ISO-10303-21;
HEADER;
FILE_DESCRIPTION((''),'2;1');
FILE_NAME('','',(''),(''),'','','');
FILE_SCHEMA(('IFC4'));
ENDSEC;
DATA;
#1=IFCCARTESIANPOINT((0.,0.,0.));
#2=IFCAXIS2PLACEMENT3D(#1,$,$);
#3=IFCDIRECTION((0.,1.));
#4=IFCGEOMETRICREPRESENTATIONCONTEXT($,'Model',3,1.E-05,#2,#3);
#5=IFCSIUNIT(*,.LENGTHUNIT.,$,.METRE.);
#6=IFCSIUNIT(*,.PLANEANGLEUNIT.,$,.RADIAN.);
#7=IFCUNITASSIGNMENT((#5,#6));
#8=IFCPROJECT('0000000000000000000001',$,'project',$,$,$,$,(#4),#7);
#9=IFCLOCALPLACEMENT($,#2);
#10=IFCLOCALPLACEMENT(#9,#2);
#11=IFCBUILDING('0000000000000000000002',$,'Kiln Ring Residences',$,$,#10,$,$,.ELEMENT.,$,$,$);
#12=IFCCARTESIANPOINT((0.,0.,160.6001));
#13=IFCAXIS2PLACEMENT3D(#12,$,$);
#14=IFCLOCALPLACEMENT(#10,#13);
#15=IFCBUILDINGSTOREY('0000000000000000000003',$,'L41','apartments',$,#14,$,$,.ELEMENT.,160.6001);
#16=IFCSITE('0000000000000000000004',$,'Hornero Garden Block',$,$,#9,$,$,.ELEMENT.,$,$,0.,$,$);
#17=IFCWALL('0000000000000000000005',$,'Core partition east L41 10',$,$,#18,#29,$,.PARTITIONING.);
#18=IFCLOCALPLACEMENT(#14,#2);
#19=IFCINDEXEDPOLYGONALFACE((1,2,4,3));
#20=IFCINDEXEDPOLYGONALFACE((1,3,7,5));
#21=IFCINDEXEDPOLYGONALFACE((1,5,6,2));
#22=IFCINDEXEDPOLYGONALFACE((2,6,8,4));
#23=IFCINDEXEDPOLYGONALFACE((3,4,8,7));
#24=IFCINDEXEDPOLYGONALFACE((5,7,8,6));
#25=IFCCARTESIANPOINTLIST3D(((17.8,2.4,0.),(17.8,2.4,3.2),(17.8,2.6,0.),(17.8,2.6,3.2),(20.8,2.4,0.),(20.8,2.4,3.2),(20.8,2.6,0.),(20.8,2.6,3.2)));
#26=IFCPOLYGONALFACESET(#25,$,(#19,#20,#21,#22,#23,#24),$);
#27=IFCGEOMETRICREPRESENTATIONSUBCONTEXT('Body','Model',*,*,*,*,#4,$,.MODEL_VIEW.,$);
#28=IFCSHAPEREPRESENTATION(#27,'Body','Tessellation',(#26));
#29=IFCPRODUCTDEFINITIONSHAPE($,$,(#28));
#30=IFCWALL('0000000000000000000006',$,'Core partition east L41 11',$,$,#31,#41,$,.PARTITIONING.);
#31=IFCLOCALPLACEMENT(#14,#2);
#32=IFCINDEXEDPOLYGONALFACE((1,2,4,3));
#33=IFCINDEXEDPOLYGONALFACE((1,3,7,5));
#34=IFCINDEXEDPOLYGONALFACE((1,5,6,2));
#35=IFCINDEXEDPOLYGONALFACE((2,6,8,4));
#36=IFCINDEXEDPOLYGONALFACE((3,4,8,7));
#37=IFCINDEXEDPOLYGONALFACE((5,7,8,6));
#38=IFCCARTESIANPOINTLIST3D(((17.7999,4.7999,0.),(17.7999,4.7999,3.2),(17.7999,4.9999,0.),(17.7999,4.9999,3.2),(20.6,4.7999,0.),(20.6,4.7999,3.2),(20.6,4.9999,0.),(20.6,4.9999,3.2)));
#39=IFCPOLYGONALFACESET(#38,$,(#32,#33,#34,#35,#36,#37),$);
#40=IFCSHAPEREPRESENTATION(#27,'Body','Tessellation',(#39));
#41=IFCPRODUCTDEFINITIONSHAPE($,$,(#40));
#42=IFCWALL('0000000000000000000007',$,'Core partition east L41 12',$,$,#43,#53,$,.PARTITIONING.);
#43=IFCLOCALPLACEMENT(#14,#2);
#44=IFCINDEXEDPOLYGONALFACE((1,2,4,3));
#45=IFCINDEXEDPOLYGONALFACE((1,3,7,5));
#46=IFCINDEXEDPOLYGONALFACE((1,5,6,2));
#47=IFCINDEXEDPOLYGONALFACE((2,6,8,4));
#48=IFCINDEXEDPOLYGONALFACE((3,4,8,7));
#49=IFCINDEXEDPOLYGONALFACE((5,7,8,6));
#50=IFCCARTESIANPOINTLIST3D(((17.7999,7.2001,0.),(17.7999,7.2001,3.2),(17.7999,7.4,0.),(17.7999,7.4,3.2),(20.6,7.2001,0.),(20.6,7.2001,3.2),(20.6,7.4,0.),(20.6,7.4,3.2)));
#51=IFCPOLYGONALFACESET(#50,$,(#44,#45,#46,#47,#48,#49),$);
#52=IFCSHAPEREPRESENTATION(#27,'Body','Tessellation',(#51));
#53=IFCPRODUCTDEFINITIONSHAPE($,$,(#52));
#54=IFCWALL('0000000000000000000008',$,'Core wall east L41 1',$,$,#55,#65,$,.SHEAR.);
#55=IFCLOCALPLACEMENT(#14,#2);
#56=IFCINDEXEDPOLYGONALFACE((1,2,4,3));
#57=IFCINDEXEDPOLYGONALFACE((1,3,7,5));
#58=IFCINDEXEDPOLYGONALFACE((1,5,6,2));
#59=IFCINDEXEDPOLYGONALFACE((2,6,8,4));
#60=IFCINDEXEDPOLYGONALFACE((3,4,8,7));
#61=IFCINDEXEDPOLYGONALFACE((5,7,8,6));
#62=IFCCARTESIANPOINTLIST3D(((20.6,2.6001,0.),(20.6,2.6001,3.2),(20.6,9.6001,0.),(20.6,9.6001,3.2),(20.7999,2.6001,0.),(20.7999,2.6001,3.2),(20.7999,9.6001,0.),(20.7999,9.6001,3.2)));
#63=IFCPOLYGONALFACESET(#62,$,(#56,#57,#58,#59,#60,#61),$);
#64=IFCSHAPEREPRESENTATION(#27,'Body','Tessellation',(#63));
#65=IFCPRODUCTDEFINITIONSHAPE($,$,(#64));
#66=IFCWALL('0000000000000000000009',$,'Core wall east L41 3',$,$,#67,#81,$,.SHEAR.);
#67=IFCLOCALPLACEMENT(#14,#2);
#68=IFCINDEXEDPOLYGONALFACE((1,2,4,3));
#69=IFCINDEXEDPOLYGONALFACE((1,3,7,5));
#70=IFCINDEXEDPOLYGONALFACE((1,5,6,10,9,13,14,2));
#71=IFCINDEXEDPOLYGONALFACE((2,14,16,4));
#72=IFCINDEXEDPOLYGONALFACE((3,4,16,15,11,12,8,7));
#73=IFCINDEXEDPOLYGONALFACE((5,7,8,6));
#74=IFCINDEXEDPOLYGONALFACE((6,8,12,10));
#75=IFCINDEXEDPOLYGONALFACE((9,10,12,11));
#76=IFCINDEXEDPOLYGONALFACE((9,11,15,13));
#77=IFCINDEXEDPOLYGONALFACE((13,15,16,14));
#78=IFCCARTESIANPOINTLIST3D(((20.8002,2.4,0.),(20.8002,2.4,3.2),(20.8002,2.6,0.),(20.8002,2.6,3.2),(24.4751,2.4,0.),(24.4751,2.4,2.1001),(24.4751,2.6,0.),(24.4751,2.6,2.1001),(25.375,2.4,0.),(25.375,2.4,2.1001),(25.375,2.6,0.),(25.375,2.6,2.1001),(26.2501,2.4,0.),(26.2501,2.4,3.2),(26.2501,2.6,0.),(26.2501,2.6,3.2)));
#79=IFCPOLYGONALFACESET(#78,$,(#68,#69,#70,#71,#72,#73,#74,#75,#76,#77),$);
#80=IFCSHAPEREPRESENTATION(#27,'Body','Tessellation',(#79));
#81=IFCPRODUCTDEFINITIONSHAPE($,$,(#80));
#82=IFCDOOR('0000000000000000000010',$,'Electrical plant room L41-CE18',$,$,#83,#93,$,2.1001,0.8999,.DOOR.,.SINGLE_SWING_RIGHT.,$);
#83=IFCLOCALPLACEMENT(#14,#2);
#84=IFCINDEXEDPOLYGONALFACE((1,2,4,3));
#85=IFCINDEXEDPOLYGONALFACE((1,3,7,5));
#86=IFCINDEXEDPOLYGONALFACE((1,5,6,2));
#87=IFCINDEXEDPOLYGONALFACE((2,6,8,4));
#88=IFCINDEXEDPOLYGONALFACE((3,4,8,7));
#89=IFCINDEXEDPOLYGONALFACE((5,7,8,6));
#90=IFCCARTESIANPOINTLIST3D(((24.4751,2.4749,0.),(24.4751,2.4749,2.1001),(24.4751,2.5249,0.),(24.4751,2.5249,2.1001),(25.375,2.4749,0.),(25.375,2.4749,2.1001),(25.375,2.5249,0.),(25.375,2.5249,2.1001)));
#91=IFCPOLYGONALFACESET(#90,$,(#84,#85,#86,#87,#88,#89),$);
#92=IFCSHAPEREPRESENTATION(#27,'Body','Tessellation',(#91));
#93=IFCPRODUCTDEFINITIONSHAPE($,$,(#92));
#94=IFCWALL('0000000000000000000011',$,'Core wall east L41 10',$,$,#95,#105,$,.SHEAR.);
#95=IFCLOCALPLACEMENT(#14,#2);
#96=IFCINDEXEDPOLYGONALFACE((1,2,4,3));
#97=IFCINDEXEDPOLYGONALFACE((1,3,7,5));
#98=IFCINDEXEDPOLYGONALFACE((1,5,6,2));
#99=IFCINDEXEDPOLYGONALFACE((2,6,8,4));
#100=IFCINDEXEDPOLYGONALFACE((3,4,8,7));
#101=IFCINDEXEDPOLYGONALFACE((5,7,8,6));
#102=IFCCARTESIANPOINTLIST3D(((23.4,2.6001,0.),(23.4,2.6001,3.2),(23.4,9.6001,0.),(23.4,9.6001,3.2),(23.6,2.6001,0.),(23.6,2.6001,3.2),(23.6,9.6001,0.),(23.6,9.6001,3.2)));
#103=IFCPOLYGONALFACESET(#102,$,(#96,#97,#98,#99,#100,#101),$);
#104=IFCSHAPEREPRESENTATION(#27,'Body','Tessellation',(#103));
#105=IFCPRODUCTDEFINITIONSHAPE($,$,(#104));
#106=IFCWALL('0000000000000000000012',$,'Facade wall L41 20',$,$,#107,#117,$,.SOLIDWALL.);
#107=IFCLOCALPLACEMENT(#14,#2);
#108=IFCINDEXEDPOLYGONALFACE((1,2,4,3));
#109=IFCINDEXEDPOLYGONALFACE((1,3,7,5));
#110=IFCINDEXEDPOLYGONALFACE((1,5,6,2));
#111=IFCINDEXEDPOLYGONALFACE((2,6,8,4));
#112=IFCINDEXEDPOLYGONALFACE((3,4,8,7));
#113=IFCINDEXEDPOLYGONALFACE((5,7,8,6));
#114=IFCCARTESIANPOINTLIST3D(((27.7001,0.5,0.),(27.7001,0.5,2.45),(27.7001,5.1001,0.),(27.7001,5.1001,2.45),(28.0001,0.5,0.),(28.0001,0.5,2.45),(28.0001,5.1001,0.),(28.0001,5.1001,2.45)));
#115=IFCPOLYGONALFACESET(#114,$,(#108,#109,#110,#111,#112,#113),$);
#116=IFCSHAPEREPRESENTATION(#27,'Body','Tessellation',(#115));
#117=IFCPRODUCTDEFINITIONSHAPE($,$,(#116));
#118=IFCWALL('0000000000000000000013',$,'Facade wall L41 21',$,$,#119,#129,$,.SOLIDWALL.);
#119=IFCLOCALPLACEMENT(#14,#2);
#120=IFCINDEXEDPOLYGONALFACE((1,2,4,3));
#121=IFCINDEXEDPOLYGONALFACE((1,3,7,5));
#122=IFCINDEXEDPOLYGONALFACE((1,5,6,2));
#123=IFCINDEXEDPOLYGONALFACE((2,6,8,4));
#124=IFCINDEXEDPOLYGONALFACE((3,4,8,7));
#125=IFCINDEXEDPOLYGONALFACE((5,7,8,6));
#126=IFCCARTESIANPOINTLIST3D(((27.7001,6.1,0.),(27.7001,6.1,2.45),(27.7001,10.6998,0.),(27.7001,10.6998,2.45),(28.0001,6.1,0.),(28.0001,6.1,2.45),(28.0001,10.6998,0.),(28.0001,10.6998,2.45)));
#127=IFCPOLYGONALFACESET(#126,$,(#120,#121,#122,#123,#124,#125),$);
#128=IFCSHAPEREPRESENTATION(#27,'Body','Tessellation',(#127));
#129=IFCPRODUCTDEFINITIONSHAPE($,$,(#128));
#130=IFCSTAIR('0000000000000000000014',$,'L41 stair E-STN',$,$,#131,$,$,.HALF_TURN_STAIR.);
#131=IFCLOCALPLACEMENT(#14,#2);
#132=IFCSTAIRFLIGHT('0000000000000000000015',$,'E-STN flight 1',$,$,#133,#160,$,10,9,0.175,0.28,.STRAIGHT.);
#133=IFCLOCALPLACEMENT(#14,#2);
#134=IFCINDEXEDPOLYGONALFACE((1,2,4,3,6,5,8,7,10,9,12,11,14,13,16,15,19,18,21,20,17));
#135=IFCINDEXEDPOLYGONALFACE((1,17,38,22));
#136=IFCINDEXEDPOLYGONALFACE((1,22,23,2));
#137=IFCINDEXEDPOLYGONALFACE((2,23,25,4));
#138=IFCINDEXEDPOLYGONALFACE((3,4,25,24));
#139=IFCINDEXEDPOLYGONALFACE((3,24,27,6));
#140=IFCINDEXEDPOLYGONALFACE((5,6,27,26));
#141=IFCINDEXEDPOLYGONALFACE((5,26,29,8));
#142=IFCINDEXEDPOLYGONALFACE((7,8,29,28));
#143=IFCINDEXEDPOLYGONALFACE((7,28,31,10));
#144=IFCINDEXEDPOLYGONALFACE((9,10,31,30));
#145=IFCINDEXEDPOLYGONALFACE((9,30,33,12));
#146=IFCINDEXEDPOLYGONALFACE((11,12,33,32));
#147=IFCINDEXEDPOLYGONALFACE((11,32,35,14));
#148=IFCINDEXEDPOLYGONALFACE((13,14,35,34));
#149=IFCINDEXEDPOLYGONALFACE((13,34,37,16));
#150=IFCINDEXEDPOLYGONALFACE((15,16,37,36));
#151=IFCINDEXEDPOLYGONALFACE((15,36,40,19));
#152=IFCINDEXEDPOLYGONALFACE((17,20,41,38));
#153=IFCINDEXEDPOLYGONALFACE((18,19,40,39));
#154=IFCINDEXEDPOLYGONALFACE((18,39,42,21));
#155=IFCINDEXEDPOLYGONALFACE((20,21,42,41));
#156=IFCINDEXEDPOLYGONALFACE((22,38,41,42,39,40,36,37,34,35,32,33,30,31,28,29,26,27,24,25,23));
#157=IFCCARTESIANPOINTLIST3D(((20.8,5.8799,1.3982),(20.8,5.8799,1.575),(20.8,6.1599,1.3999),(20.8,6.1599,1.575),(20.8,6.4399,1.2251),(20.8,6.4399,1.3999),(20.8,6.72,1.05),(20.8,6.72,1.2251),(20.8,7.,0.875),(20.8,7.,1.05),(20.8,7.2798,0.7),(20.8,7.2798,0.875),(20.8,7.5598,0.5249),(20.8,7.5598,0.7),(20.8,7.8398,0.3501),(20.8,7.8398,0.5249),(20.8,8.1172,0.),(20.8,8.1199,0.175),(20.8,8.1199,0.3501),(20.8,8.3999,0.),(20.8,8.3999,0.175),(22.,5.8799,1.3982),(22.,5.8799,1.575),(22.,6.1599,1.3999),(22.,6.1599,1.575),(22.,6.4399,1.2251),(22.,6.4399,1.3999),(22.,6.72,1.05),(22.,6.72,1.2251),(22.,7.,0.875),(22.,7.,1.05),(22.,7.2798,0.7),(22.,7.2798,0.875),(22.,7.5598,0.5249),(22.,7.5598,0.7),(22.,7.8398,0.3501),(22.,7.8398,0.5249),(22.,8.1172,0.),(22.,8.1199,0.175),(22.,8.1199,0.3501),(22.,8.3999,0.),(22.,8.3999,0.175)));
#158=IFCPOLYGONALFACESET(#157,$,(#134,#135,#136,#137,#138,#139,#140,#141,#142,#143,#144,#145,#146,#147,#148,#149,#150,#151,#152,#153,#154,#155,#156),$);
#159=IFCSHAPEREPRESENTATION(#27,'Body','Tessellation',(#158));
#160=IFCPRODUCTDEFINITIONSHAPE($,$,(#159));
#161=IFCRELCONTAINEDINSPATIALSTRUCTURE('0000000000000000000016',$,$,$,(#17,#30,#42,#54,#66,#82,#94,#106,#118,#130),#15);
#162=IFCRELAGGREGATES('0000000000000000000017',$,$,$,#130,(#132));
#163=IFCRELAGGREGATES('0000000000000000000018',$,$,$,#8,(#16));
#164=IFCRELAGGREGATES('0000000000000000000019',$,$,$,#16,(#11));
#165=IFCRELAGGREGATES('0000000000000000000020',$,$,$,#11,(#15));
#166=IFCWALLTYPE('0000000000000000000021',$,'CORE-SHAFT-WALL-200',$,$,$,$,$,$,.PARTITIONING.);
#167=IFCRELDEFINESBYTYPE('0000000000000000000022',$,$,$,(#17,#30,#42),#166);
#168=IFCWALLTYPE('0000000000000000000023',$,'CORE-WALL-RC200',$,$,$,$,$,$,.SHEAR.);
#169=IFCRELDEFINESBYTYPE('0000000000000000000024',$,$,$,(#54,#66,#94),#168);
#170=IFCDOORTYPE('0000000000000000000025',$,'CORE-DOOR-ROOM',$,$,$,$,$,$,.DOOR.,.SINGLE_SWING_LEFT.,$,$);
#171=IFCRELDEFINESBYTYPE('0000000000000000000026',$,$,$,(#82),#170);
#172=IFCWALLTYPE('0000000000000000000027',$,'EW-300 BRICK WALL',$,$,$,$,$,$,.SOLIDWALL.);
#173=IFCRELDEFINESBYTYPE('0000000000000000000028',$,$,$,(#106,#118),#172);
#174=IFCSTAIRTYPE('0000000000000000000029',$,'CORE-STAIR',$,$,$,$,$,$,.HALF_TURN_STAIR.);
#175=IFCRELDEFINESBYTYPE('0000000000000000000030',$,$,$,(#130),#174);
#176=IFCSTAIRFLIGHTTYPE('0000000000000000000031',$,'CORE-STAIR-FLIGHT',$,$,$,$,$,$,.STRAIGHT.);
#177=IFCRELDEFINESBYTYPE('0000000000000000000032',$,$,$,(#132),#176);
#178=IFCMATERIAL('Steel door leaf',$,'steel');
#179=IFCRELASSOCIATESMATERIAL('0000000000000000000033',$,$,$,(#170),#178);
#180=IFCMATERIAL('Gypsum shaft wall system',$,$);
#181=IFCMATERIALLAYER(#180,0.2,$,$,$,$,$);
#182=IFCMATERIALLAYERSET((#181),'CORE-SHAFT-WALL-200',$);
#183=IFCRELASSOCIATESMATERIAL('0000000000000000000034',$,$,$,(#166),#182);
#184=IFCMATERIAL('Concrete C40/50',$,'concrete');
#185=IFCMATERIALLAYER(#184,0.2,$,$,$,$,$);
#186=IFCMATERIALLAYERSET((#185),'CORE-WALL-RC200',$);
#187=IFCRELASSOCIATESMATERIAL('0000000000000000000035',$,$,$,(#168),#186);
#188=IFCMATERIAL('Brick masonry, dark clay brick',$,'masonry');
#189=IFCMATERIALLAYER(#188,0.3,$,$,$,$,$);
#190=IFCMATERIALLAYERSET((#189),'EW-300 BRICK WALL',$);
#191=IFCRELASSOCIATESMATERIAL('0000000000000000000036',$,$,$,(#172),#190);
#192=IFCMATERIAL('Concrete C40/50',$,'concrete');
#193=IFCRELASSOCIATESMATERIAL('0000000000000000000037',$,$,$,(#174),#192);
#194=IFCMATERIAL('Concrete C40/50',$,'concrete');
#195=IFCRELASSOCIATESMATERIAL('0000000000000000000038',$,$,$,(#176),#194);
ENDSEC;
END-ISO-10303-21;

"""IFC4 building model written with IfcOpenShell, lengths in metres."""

from ifc_helpers import new_model, si_unit, direction, frame, frame_2d, origin, place, context, subcontext, project, spatial, polyline, rectangle, outline, extrude, material, layer, layer_set, type_object, element, fill, aggregate, save


model = new_model("IFC4")

# Units and contexts
model_context = context("Model", 3, precision=1e-05, world=origin(), true_north=direction((0.0, 1.0)))
body_context = subcontext(model_context, "Body", "Model", "MODEL_VIEW")
ifc_project = project(units=[si_unit("LENGTHUNIT", "METRE"), si_unit("PLANEANGLEUNIT", "RADIAN")], contexts=[model_context])

# Site, building, storey
site_placement = place(None, origin())
site = spatial("IfcSite", under=ifc_project, at=site_placement, Name="Hornero Garden Block", CompositionType="ELEMENT", RefElevation=0.0)
building_placement = place(site_placement, origin())
building = spatial("IfcBuilding", under=site, at=building_placement, Name="Kiln Ring Residences", CompositionType="ELEMENT")
storey_placement = place(building_placement, frame((0.0, 0.0, 160.6001)))
storey = spatial("IfcBuildingStorey", under=building, at=storey_placement, Name="L41", Description="apartments", CompositionType="ELEMENT", Elevation=160.6001)

# Shared definitions
ifc_material_1 = material(Name="Steel door leaf", Category="steel")
door_type = type_object("IfcDoorType", Name="CORE-DOOR-ROOM", OperationType="SINGLE_SWING_LEFT", PredefinedType="DOOR", material=ifc_material_1)

# Shared definitions
ifc_material_2 = material(Name="Gypsum shaft wall system")
ifc_layer_1 = layer(ifc_material_2, 0.2)
ifc_layer_set_1 = layer_set([ifc_layer_1], Name="CORE-SHAFT-WALL-200")
wall_type_1 = type_object("IfcWallType", Name="CORE-SHAFT-WALL-200", PredefinedType="PARTITIONING", material=ifc_layer_set_1)

# Walls
wall_1_placement = place(storey_placement, frame((17.8, 2.5, 0.0), z_axis=(0.0, 0.0, 1.0), x_axis=(1.0, 0.0, 0.0)))
element("IfcWall", 1, at=wall_1_placement, inside=storey, type_object=wall_type_1, Name="Core partition east L41 10", PredefinedType="PARTITIONING", context=body_context, shape_type="SweptSolid", body=[
    extrude(rectangle(XDim=3.0, YDim=0.2, at=frame_2d((1.5, 0.0))), origin(), (0.0, 0.0, 1.0), 3.2),
])
for number, where, z_axis, x_axis, name in (
    (2, (17.8, 4.8999, 0.0), (0.0, 0.0, 1.0), (1.0, 0.0, 0.0), "Core partition east L41 11"),
    (3, (17.8, 7.3, 0.0), (0.0, 0.0, 1.0), (1.0, 0.0, 0.0), "Core partition east L41 12"),
):
    element("IfcWall", number, at=place(storey_placement, frame(where, z_axis=z_axis, x_axis=x_axis)), inside=storey, type_object=wall_type_1, Name=name, PredefinedType="PARTITIONING", context=body_context, shape_type="SweptSolid", body=[
        extrude(rectangle(XDim=2.8, YDim=0.2, at=frame_2d((1.3999, 0.0))), origin(), (0.0, 0.0, 1.0), 3.2),
    ])
ifc_material_3 = material(Name="Concrete C40/50", Category="concrete")
ifc_layer_2 = layer(ifc_material_3, 0.2)
ifc_layer_set_2 = layer_set([ifc_layer_2], Name="CORE-WALL-RC200")
wall_type_2 = type_object("IfcWallType", Name="CORE-WALL-RC200", PredefinedType="SHEAR", material=ifc_layer_set_2)
wall_2_placement = place(storey_placement, frame((20.7, 2.6001, 0.0), z_axis=(0.0, 0.0, 1.0), x_axis=(0.0, 1.0, 0.0)))
element("IfcWall", 4, at=wall_2_placement, inside=storey, type_object=wall_type_2, Name="Core wall east L41 1", PredefinedType="SHEAR", context=body_context, shape_type="SweptSolid", body=[
    extrude(rectangle(XDim=7.0, YDim=0.2, at=frame_2d((3.5, 0.0))), origin(), (0.0, 0.0, 1.0), 3.2),
])

# Wall, opening, door
wall_3_placement = place(storey_placement, frame((20.8, 2.5, 0.0), z_axis=(0.0, 0.0, 1.0), x_axis=(1.0, 0.0, 0.0)))
wall_3 = element("IfcWall", 5, at=wall_3_placement, inside=storey, type_object=wall_type_2, Name="Core wall east L41 3", PredefinedType="SHEAR", context=body_context, shape_type="SweptSolid", body=[
    extrude(rectangle(XDim=5.45, YDim=0.2, at=frame_2d((2.7251, 0.0))), origin(), (0.0, 0.0, 1.0), 3.2),
])
opening_1_placement = place(wall_3_placement, frame((3.675, 0.0, 0.0)))
opening_1 = element("IfcOpeningElement", 6, at=opening_1_placement, cuts=wall_3, PredefinedType="OPENING", context=body_context, shape_type="SweptSolid", body=[
    extrude(rectangle(XDim=0.8999, YDim=2.1001, at=frame_2d((0.45, 1.05))), frame((0.0, 0.1099, 0.0), z_axis=(0.0, -1.0, 0.0), x_axis=(1.0, 0.0, 0.0)), (0.0, 0.0, 1.0), 0.22),
])
door_1_placement = place(opening_1_placement, origin())
door_1 = element("IfcDoor", 7, at=door_1_placement, inside=storey, type_object=door_type, Name="Electrical plant room L41-CE18", OperationType="SINGLE_SWING_RIGHT", OverallHeight=2.1001, OverallWidth=0.8999, PredefinedType="DOOR", context=body_context, shape_type="SweptSolid", body=[
    extrude(rectangle(XDim=0.8999, YDim=2.1001, at=frame_2d((0.45, 1.05))), frame((0.0, 0.0249, 0.0), z_axis=(0.0, -1.0, 0.0), x_axis=(1.0, 0.0, 0.0)), (0.0, 0.0, 1.0), 0.05),
])
fill(opening_1, door_1)

# Walls
wall_4_placement = place(storey_placement, frame((23.5, 2.6001, 0.0), z_axis=(0.0, 0.0, 1.0), x_axis=(0.0, 1.0, 0.0)))
element("IfcWall", 8, at=wall_4_placement, inside=storey, type_object=wall_type_2, Name="Core wall east L41 10", PredefinedType="SHEAR", context=body_context, shape_type="SweptSolid", body=[
    extrude(rectangle(XDim=7.0, YDim=0.2, at=frame_2d((3.5, 0.0))), origin(), (0.0, 0.0, 1.0), 3.2),
])
ifc_material_4 = material(Name="Brick masonry, dark clay brick", Category="masonry")
ifc_layer_3 = layer(ifc_material_4, 0.3)
ifc_layer_set_3 = layer_set([ifc_layer_3], Name="EW-300 BRICK WALL")
wall_type_3 = type_object("IfcWallType", Name="EW-300 BRICK WALL", PredefinedType="SOLIDWALL", material=ifc_layer_set_3)
wall_5_placement = place(storey_placement, frame((27.8501, 0.5, 0.0), z_axis=(0.0, 0.0, 1.0), x_axis=(0.0, 1.0, 0.0)))
element("IfcWall", 9, at=wall_5_placement, inside=storey, type_object=wall_type_3, Name="Facade wall L41 20", PredefinedType="SOLIDWALL", context=body_context, shape_type="SweptSolid", body=[
    extrude(rectangle(XDim=4.6001, YDim=0.3, at=frame_2d((2.3, 0.0))), origin(), (0.0, 0.0, 1.0), 2.45),
])
wall_6_placement = place(storey_placement, frame((27.8501, 6.1001, 0.0), z_axis=(0.0, 0.0, 1.0), x_axis=(0.0, 1.0, 0.0)))
element("IfcWall", 10, at=wall_6_placement, inside=storey, type_object=wall_type_3, Name="Facade wall L41 21", PredefinedType="SOLIDWALL", context=body_context, shape_type="SweptSolid", body=[
    extrude(rectangle(XDim=4.5999, YDim=0.3, at=frame_2d((2.2998, 0.0))), origin(), (0.0, 0.0, 1.0), 2.45),
])

# Stair, stair flight
ifc_material_5 = material(Name="Concrete C40/50", Category="concrete")
stair_type = type_object("IfcStairType", Name="CORE-STAIR", PredefinedType="HALF_TURN_STAIR", material=ifc_material_5)
stair_placement = place(storey_placement, origin())
stair = element("IfcStair", 11, at=stair_placement, inside=storey, type_object=stair_type, Name="L41 stair E-STN", PredefinedType="HALF_TURN_STAIR")
ifc_material_6 = material(Name="Concrete C40/50", Category="concrete")
stair_flight_type = type_object("IfcStairFlightType", Name="CORE-STAIR-FLIGHT", PredefinedType="STRAIGHT", material=ifc_material_6)
stair_flight_1_placement = place(storey_placement, frame((21.3999, 8.3999, 0.0), z_axis=(0.0, 0.0, 1.0), x_axis=(0.0, -1.0, 0.0)))
stair_flight_1 = element("IfcStairFlight", 12, at=stair_flight_1_placement, type_object=stair_flight_type, Name="E-STN flight 1", NumberOfRisers=10, NumberOfTreads=9, PredefinedType="STRAIGHT", RiserHeight=0.175, TreadLength=0.28, context=body_context, shape_type="SweptSolid", body=[
    extrude(outline(polyline([(0.0, 0.0), (0.0, 0.175), (0.28, 0.175), (0.28, 0.3501), (0.5601, 0.3501), (0.5601, 0.5249), (0.8401, 0.5249), (0.8401, 0.7), (1.1201, 0.7), (1.1201, 0.875), (1.3999, 0.875), (1.3999, 1.05), (1.6799, 1.05), (1.6799, 1.2251), (1.96, 1.2251), (1.96, 1.3999), (2.24, 1.3999), (2.24, 1.575), (2.52, 1.575), (2.52, 1.75), (2.52, 1.3982), (0.2827, 0.0), (0.0, 0.0)])), frame((0.0, 0.6001, 0.0), z_axis=(0.0, -1.0, 0.0), x_axis=(1.0, 0.0, 0.0)), (0.0, 0.0, 1.0), 1.2),
])
aggregate(stair, [stair_flight_1])

save(model, "model.ifc")
